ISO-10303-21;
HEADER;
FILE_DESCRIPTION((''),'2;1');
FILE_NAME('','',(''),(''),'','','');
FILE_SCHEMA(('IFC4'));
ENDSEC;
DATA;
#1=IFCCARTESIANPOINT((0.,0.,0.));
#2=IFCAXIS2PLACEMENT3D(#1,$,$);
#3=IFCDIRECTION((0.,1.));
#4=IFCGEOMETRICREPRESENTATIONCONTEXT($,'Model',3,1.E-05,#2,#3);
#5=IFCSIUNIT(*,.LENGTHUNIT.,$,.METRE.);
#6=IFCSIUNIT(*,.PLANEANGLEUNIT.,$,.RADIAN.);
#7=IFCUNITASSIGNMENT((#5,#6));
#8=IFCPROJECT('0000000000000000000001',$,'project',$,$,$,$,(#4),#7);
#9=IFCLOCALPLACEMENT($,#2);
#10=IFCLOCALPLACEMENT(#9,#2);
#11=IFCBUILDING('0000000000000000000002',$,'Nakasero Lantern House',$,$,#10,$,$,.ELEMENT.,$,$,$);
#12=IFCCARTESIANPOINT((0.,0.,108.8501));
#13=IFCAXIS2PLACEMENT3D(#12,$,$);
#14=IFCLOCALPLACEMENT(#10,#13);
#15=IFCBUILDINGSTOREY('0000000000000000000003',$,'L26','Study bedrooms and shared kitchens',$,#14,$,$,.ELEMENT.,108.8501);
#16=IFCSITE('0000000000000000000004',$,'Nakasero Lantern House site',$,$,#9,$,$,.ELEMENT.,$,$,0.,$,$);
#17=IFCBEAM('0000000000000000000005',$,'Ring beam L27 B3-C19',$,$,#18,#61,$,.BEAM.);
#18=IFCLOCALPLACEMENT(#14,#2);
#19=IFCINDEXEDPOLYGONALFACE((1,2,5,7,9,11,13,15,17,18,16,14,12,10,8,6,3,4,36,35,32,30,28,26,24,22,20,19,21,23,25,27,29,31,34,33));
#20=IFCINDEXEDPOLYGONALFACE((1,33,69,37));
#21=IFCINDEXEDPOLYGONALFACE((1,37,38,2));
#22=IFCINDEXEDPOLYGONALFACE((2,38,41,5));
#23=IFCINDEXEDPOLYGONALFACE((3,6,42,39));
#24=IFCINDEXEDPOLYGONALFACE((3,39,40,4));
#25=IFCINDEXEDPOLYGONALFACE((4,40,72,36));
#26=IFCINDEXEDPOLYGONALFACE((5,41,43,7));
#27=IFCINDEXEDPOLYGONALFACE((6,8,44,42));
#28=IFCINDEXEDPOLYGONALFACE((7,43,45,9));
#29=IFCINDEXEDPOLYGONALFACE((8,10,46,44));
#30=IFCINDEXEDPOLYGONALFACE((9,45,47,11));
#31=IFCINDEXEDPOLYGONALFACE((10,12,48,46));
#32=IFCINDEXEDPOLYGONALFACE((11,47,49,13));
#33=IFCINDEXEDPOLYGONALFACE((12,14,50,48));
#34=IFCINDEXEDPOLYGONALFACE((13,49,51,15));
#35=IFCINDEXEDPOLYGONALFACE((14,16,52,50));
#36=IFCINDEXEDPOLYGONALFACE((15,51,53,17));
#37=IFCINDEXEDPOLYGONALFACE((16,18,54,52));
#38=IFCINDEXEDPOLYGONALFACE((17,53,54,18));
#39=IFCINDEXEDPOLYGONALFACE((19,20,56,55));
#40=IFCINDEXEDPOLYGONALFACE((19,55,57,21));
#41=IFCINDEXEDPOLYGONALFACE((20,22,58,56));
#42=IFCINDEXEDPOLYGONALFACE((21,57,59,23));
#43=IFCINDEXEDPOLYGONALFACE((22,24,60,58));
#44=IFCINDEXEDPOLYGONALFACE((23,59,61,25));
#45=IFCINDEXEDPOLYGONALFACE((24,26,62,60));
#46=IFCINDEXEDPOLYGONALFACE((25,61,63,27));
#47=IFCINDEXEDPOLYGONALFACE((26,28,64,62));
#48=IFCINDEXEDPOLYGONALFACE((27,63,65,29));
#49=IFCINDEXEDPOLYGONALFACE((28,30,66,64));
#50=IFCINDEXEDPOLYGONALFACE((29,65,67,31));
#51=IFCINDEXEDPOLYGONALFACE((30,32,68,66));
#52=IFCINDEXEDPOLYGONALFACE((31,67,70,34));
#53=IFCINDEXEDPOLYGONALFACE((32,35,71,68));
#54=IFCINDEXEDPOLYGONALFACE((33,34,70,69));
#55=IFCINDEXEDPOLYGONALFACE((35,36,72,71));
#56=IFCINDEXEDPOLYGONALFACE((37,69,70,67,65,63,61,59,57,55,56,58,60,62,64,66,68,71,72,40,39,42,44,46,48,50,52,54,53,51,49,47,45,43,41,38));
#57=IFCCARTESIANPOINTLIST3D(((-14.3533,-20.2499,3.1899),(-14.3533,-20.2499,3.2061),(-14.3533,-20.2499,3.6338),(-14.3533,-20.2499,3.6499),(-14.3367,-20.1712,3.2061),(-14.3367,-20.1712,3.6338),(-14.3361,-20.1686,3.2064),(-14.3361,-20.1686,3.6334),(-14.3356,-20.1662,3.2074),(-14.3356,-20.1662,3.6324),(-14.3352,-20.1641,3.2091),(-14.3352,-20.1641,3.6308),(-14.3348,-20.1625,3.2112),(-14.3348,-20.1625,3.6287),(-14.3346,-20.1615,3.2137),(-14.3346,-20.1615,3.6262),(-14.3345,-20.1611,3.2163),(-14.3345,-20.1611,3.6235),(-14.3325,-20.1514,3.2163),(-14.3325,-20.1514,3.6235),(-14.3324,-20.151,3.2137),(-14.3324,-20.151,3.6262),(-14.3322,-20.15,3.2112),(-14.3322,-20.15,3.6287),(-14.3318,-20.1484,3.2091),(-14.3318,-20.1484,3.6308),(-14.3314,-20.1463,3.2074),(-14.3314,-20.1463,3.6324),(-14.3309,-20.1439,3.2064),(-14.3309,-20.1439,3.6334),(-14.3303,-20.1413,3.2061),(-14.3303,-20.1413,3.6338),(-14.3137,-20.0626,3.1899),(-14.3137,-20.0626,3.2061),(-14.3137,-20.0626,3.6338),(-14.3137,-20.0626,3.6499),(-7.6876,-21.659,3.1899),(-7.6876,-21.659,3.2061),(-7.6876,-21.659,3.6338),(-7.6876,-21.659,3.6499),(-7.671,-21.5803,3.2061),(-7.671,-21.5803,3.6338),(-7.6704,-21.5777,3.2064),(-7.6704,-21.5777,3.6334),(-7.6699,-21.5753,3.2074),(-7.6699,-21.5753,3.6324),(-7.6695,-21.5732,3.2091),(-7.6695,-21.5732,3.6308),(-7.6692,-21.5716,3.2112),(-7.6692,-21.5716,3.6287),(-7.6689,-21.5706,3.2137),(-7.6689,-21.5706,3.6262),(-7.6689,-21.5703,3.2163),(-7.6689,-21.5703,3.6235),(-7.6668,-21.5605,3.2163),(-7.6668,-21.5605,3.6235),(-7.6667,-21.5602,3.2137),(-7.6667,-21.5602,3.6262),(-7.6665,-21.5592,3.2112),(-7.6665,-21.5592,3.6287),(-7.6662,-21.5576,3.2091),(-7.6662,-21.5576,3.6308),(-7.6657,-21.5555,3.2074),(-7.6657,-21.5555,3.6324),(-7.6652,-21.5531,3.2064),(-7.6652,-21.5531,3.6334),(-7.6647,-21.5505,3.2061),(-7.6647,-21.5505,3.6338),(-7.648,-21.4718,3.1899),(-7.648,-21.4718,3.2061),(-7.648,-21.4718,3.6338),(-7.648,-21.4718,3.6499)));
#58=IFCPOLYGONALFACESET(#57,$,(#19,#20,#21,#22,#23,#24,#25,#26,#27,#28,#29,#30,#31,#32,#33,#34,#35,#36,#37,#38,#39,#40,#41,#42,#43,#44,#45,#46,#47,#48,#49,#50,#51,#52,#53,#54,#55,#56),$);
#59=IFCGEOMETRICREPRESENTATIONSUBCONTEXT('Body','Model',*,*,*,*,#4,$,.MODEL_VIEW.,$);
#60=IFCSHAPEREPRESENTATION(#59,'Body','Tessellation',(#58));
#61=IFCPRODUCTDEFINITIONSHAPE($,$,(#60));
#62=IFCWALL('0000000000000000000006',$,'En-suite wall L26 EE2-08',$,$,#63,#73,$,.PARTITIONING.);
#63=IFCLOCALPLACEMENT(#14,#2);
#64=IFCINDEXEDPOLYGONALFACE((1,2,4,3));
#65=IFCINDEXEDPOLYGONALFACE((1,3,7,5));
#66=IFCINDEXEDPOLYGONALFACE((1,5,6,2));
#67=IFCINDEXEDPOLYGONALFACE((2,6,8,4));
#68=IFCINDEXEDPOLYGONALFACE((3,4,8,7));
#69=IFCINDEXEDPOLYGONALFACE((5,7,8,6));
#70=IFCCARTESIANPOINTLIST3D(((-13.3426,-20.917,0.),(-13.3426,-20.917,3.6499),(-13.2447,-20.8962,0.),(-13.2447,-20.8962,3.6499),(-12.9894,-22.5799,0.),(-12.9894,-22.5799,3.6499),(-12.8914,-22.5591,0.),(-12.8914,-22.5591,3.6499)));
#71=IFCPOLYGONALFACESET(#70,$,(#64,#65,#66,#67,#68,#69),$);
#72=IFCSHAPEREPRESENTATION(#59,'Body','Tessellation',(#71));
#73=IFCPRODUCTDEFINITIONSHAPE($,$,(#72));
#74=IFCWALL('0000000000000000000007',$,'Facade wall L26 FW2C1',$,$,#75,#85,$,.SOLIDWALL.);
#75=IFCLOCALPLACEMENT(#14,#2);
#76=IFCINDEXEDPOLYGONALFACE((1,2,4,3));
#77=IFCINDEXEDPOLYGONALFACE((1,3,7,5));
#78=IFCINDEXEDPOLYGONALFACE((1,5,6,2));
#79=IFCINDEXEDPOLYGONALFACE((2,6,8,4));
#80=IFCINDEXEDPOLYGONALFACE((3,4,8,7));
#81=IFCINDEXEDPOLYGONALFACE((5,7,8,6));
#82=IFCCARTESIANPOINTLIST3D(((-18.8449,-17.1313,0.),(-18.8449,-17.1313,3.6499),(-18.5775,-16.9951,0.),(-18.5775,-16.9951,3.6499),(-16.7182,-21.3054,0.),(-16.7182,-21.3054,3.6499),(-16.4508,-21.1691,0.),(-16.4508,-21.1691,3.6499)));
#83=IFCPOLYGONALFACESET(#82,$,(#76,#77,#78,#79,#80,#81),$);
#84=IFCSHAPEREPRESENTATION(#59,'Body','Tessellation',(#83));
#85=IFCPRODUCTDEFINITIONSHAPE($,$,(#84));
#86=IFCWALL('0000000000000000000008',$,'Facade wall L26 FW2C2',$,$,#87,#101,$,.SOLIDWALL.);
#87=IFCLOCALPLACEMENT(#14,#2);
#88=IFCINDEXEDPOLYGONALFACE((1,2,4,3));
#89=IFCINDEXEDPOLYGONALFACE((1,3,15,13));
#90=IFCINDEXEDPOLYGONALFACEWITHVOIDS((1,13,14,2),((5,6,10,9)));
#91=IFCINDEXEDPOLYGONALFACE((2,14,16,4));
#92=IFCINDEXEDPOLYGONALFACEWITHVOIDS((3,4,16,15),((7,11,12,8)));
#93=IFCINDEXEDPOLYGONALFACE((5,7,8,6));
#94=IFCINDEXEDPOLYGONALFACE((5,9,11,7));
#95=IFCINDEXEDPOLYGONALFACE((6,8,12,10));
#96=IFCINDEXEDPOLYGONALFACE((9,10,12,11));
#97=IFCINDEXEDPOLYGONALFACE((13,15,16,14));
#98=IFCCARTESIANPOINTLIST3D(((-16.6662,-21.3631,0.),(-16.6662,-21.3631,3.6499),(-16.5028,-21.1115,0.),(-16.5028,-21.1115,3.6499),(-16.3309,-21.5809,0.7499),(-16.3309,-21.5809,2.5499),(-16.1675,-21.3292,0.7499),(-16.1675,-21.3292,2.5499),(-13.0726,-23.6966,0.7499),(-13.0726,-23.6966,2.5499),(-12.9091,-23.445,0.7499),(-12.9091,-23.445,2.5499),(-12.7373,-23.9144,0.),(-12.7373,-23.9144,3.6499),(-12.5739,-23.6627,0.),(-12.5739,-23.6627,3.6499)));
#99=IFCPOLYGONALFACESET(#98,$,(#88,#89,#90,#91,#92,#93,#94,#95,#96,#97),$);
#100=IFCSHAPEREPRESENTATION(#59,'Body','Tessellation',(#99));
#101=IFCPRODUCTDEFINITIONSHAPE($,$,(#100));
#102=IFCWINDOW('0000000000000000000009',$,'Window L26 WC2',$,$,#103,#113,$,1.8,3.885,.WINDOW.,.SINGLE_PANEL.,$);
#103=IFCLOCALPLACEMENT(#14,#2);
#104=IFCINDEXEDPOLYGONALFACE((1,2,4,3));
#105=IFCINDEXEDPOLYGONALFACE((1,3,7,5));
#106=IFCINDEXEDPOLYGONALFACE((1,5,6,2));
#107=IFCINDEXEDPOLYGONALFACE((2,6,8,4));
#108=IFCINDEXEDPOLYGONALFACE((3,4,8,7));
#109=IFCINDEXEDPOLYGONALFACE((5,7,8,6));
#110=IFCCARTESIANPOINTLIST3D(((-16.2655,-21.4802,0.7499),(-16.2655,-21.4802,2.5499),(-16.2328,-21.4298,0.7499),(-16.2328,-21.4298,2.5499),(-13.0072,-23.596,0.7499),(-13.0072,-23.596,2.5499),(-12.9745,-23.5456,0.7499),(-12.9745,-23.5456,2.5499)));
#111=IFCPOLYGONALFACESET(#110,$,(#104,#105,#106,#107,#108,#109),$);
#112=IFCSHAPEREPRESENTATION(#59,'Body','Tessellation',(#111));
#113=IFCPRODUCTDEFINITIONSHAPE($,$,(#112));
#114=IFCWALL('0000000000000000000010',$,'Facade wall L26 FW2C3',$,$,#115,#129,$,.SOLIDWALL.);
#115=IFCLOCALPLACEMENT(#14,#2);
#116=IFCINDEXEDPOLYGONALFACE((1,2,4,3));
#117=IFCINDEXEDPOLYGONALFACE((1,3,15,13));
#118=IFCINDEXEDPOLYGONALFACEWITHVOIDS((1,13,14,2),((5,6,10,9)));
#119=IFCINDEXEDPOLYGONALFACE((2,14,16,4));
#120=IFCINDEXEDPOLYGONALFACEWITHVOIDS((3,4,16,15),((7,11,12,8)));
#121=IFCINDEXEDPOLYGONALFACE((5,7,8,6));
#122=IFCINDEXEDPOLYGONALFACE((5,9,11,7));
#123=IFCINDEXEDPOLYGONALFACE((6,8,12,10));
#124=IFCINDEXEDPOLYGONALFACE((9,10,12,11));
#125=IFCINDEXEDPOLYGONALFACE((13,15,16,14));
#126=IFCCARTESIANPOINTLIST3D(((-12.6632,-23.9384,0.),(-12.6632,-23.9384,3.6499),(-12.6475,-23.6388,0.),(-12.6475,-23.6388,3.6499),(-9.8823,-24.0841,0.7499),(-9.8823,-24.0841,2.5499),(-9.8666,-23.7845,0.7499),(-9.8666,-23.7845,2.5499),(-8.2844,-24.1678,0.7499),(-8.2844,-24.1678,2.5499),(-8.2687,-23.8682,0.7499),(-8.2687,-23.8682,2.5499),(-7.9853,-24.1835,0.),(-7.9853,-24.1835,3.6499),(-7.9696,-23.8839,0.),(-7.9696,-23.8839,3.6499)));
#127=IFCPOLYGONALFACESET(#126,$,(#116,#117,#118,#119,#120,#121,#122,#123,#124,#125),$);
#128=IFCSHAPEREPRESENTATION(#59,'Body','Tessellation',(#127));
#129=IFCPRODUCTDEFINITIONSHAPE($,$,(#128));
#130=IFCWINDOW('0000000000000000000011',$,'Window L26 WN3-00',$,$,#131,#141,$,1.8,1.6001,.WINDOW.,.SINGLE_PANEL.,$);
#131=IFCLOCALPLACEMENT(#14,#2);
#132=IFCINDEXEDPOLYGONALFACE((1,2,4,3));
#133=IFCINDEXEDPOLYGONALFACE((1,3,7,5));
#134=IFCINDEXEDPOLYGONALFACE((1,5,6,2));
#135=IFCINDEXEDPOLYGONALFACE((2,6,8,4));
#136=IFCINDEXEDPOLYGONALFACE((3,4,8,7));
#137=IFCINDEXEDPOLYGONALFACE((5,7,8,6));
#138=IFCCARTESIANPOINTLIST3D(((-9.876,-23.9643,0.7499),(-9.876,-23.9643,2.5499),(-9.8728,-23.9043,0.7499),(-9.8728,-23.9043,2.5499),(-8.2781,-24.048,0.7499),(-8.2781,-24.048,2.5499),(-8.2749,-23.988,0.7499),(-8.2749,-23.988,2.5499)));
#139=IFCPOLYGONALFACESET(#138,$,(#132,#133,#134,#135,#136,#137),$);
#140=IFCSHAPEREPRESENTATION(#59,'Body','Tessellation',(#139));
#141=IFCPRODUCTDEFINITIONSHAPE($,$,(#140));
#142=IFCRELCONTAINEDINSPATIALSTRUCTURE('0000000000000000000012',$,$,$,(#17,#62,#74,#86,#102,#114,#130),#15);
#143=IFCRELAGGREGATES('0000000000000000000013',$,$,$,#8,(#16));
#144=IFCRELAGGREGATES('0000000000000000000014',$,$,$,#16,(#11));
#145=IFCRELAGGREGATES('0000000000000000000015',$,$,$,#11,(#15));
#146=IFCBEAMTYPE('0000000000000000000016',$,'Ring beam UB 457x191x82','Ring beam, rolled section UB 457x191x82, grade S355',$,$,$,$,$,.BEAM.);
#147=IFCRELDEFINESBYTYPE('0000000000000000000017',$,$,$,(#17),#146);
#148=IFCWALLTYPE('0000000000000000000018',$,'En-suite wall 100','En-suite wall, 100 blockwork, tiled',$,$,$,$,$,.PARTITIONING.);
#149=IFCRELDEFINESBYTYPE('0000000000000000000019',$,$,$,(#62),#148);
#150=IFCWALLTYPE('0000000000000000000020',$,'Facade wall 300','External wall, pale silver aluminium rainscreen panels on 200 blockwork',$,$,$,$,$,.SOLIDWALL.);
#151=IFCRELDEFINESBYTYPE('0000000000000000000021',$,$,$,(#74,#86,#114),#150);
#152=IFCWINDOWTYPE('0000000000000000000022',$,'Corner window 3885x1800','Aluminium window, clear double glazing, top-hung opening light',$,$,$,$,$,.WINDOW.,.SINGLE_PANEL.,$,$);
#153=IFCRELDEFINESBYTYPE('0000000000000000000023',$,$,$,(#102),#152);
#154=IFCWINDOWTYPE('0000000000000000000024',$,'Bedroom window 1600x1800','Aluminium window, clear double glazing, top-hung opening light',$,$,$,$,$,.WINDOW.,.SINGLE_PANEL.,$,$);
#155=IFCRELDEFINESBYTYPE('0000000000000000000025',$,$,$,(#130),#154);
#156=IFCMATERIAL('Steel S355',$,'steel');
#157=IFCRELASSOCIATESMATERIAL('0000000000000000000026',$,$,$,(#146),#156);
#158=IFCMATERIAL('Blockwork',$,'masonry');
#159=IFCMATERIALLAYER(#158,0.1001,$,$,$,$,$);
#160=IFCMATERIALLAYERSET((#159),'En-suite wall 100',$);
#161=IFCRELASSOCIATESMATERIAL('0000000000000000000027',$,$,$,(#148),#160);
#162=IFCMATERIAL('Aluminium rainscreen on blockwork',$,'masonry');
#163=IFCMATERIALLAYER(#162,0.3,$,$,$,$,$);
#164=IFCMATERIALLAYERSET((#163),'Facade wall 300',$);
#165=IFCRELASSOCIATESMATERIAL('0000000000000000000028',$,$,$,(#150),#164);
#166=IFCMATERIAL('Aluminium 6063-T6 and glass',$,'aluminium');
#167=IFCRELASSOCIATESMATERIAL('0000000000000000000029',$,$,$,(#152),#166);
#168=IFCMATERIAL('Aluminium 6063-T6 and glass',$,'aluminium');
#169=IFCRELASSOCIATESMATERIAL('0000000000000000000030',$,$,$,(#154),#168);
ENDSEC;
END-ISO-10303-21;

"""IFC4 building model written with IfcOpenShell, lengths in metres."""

from ifc_helpers import new_model, si_unit, direction, frame, frame_2d, origin, origin_2d, place, context, subcontext, project, spatial, rectangle, i_section, extrude, material, layer, layer_set, material_profile, profile_set, type_object, element, fill, save


model = new_model("IFC4")

# Units and contexts
model_context = context("Model", 3, precision=1e-05, world=origin(), true_north=direction((0.0, 1.0)))
body_context = subcontext(model_context, "Body", "Model", "MODEL_VIEW")
ifc_project = project(units=[si_unit("LENGTHUNIT", "METRE"), si_unit("PLANEANGLEUNIT", "RADIAN")], contexts=[model_context])

# Site, building, storey
site_placement = place(None, origin())
site = spatial("IfcSite", under=ifc_project, at=site_placement, Name="Nakasero Lantern House site", CompositionType="ELEMENT", RefElevation=0.0)
building_placement = place(site_placement, origin())
building = spatial("IfcBuilding", under=site, at=building_placement, Name="Nakasero Lantern House", CompositionType="ELEMENT")
storey_placement = place(building_placement, frame((0.0, 0.0, 108.8501)))
storey = spatial("IfcBuildingStorey", under=building, at=storey_placement, Name="L26", Description="Study bedrooms and shared kitchens", CompositionType="ELEMENT", Elevation=108.8501)

# Beam
ifc_material_1 = material(Name="Steel S355", Category="steel")
ifc_material_profile_1 = material_profile(ifc_material_1, i_section(OverallWidth=0.1914, OverallDepth=0.46, WebThickness=0.01, FlangeThickness=0.0161, FilletRadius=0.0103, at=origin_2d()), Name="UB 457x191x82")
ifc_profile_set_1 = profile_set([ifc_material_profile_1], Name="Steel S355")
beam_type_1 = type_object("IfcBeamType", Name="Ring beam UB 457x191x82", Description="Ring beam, rolled section UB 457x191x82, grade S355", PredefinedType="BEAM", material=ifc_profile_set_1)
beam_1_placement = place(storey_placement, frame((-14.3335, -20.1562, 3.4199), z_axis=(0.978376, -0.206834, 0.0), x_axis=(0.206834, 0.978376, 0.0)))
element("IfcBeam", 1, at=beam_1_placement, inside=storey, type_object=beam_type_1, Name="Ring beam L27 B3-C19", PredefinedType="BEAM", context=body_context, shape_type="SweptSolid", body=[
    extrude(i_section(OverallWidth=0.1914, OverallDepth=0.46, WebThickness=0.01, FlangeThickness=0.0161, FilletRadius=0.0103, at=origin_2d()), origin(), (0.0, 0.0, 1.0), 6.813),
])

# Walls
ifc_material_2 = material(Name="Blockwork", Category="masonry")
ifc_layer_1 = layer(ifc_material_2, 0.1001)
ifc_layer_set_1 = layer_set([ifc_layer_1], Name="En-suite wall 100")
wall_type_1 = type_object("IfcWallType", Name="En-suite wall 100", Description="En-suite wall, 100 blockwork, tiled", PredefinedType="PARTITIONING", material=ifc_layer_set_1)
wall_1_placement = place(storey_placement, frame((-13.2937, -20.9065, 0.0), z_axis=(0.0, 0.0, 1.0), x_axis=(0.207812, -0.978169, 0.0)))
element("IfcWall", 2, at=wall_1_placement, inside=storey, type_object=wall_type_1, Name="En-suite wall L26 EE2-08", PredefinedType="PARTITIONING", context=body_context, shape_type="SweptSolid", body=[
    extrude(rectangle(XDim=1.7, YDim=0.1001, at=frame_2d((0.8501, 0.0))), origin(), (0.0, 0.0, 1.0), 3.6499),
])
ifc_material_3 = material(Name="Aluminium rainscreen on blockwork", Category="masonry")
ifc_layer_2 = layer(ifc_material_3, 0.3)
ifc_layer_set_2 = layer_set([ifc_layer_2], Name="Facade wall 300")
wall_type_2 = type_object("IfcWallType", Name="Facade wall 300", Description="External wall, pale silver aluminium rainscreen panels on 200 blockwork", PredefinedType="SOLIDWALL", material=ifc_layer_set_2)
wall_2_placement = place(storey_placement, frame((-18.7112, -17.0632, 0.0), z_axis=(0.0, 0.0, 1.0), x_axis=(0.453976, -0.891014, 0.0)))
element("IfcWall", 3, at=wall_2_placement, inside=storey, type_object=wall_type_2, Name="Facade wall L26 FW2C1", PredefinedType="SOLIDWALL", context=body_context, shape_type="SweptSolid", body=[
    extrude(rectangle(XDim=4.6846, YDim=0.3, at=frame_2d((2.3423, 0.0))), origin(), (0.0, 0.0, 1.0), 3.6499),
])

# Walls, openings, windows
wall_3_placement = place(storey_placement, frame((-16.5845, -21.2373, 0.0), z_axis=(0.0, 0.0, 1.0), x_axis=(0.838692, -0.544605, 0.0)))
wall_3 = element("IfcWall", 4, at=wall_3_placement, inside=storey, type_object=wall_type_2, Name="Facade wall L26 FW2C2", PredefinedType="SOLIDWALL", context=body_context, shape_type="SweptSolid", body=[
    extrude(rectangle(XDim=4.6846, YDim=0.3, at=frame_2d((2.3423, 0.0))), origin(), (0.0, 0.0, 1.0), 3.6499),
])
opening_1_placement = place(wall_3_placement, frame((0.3999, 0.0, 0.75)))
opening_1 = element("IfcOpeningElement", 5, at=opening_1_placement, cuts=wall_3, PredefinedType="OPENING", context=body_context, shape_type="SweptSolid", body=[
    extrude(rectangle(XDim=3.885, YDim=1.8, at=frame_2d((1.9424, 0.8999))), frame((0.0, 0.1699, 0.0), z_axis=(0.0, -1.0, 0.0), x_axis=(1.0, 0.0, 0.0)), (0.0, 0.0, 1.0), 0.3401),
])
ifc_material_4 = material(Name="Aluminium 6063-T6 and glass", Category="aluminium")
window_type_1 = type_object("IfcWindowType", Name="Corner window 3885x1800", Description="Aluminium window, clear double glazing, top-hung opening light", PartitioningType="SINGLE_PANEL", PredefinedType="WINDOW", material=ifc_material_4)
window_1_placement = place(opening_1_placement, origin())
window_1 = element("IfcWindow", 6, at=window_1_placement, inside=storey, type_object=window_type_1, Name="Window L26 WC2", OverallHeight=1.8, OverallWidth=3.885, PartitioningType="SINGLE_PANEL", PredefinedType="WINDOW", context=body_context, shape_type="SweptSolid", body=[
    extrude(rectangle(XDim=3.885, YDim=1.8, at=frame_2d((1.9424, 0.8999))), frame((0.0, 0.03, 0.0), z_axis=(0.0, -1.0, 0.0), x_axis=(1.0, 0.0, 0.0)), (0.0, 0.0, 1.0), 0.0601),
])
fill(opening_1, window_1)
wall_4_placement = place(storey_placement, frame((-12.6555, -23.7886, 0.0), z_axis=(0.0, 0.0, 1.0), x_axis=(0.99863, -0.052326, 0.0)))
wall_4 = element("IfcWall", 7, at=wall_4_placement, inside=storey, type_object=wall_type_2, Name="Facade wall L26 FW2C3", PredefinedType="SOLIDWALL", context=body_context, shape_type="SweptSolid", body=[
    extrude(rectangle(XDim=4.6843, YDim=0.3, at=frame_2d((2.3423, 0.0))), origin(), (0.0, 0.0, 1.0), 3.6499),
])
opening_2_placement = place(wall_4_placement, frame((2.7849, 0.0, 0.75)))
opening_2 = element("IfcOpeningElement", 8, at=opening_2_placement, cuts=wall_4, PredefinedType="OPENING", context=body_context, shape_type="SweptSolid", body=[
    extrude(rectangle(XDim=1.6001, YDim=1.8, at=frame_2d((0.8, 0.8999))), frame((0.0, 0.1699, 0.0), z_axis=(0.0, -1.0, 0.0), x_axis=(1.0, 0.0, 0.0)), (0.0, 0.0, 1.0), 0.3401),
])
ifc_material_5 = material(Name="Aluminium 6063-T6 and glass", Category="aluminium")
window_type_2 = type_object("IfcWindowType", Name="Bedroom window 1600x1800", Description="Aluminium window, clear double glazing, top-hung opening light", PartitioningType="SINGLE_PANEL", PredefinedType="WINDOW", material=ifc_material_5)
window_2_placement = place(opening_2_placement, origin())
window_2 = element("IfcWindow", 9, at=window_2_placement, inside=storey, type_object=window_type_2, Name="Window L26 WN3-00", OverallHeight=1.8, OverallWidth=1.6001, PartitioningType="SINGLE_PANEL", PredefinedType="WINDOW", context=body_context, shape_type="SweptSolid", body=[
    extrude(rectangle(XDim=1.6001, YDim=1.8, at=frame_2d((0.8, 0.8999))), frame((0.0, 0.03, 0.0), z_axis=(0.0, -1.0, 0.0), x_axis=(1.0, 0.0, 0.0)), (0.0, 0.0, 1.0), 0.0601),
])
fill(opening_2, window_2)

save(model, "model.ifc")
